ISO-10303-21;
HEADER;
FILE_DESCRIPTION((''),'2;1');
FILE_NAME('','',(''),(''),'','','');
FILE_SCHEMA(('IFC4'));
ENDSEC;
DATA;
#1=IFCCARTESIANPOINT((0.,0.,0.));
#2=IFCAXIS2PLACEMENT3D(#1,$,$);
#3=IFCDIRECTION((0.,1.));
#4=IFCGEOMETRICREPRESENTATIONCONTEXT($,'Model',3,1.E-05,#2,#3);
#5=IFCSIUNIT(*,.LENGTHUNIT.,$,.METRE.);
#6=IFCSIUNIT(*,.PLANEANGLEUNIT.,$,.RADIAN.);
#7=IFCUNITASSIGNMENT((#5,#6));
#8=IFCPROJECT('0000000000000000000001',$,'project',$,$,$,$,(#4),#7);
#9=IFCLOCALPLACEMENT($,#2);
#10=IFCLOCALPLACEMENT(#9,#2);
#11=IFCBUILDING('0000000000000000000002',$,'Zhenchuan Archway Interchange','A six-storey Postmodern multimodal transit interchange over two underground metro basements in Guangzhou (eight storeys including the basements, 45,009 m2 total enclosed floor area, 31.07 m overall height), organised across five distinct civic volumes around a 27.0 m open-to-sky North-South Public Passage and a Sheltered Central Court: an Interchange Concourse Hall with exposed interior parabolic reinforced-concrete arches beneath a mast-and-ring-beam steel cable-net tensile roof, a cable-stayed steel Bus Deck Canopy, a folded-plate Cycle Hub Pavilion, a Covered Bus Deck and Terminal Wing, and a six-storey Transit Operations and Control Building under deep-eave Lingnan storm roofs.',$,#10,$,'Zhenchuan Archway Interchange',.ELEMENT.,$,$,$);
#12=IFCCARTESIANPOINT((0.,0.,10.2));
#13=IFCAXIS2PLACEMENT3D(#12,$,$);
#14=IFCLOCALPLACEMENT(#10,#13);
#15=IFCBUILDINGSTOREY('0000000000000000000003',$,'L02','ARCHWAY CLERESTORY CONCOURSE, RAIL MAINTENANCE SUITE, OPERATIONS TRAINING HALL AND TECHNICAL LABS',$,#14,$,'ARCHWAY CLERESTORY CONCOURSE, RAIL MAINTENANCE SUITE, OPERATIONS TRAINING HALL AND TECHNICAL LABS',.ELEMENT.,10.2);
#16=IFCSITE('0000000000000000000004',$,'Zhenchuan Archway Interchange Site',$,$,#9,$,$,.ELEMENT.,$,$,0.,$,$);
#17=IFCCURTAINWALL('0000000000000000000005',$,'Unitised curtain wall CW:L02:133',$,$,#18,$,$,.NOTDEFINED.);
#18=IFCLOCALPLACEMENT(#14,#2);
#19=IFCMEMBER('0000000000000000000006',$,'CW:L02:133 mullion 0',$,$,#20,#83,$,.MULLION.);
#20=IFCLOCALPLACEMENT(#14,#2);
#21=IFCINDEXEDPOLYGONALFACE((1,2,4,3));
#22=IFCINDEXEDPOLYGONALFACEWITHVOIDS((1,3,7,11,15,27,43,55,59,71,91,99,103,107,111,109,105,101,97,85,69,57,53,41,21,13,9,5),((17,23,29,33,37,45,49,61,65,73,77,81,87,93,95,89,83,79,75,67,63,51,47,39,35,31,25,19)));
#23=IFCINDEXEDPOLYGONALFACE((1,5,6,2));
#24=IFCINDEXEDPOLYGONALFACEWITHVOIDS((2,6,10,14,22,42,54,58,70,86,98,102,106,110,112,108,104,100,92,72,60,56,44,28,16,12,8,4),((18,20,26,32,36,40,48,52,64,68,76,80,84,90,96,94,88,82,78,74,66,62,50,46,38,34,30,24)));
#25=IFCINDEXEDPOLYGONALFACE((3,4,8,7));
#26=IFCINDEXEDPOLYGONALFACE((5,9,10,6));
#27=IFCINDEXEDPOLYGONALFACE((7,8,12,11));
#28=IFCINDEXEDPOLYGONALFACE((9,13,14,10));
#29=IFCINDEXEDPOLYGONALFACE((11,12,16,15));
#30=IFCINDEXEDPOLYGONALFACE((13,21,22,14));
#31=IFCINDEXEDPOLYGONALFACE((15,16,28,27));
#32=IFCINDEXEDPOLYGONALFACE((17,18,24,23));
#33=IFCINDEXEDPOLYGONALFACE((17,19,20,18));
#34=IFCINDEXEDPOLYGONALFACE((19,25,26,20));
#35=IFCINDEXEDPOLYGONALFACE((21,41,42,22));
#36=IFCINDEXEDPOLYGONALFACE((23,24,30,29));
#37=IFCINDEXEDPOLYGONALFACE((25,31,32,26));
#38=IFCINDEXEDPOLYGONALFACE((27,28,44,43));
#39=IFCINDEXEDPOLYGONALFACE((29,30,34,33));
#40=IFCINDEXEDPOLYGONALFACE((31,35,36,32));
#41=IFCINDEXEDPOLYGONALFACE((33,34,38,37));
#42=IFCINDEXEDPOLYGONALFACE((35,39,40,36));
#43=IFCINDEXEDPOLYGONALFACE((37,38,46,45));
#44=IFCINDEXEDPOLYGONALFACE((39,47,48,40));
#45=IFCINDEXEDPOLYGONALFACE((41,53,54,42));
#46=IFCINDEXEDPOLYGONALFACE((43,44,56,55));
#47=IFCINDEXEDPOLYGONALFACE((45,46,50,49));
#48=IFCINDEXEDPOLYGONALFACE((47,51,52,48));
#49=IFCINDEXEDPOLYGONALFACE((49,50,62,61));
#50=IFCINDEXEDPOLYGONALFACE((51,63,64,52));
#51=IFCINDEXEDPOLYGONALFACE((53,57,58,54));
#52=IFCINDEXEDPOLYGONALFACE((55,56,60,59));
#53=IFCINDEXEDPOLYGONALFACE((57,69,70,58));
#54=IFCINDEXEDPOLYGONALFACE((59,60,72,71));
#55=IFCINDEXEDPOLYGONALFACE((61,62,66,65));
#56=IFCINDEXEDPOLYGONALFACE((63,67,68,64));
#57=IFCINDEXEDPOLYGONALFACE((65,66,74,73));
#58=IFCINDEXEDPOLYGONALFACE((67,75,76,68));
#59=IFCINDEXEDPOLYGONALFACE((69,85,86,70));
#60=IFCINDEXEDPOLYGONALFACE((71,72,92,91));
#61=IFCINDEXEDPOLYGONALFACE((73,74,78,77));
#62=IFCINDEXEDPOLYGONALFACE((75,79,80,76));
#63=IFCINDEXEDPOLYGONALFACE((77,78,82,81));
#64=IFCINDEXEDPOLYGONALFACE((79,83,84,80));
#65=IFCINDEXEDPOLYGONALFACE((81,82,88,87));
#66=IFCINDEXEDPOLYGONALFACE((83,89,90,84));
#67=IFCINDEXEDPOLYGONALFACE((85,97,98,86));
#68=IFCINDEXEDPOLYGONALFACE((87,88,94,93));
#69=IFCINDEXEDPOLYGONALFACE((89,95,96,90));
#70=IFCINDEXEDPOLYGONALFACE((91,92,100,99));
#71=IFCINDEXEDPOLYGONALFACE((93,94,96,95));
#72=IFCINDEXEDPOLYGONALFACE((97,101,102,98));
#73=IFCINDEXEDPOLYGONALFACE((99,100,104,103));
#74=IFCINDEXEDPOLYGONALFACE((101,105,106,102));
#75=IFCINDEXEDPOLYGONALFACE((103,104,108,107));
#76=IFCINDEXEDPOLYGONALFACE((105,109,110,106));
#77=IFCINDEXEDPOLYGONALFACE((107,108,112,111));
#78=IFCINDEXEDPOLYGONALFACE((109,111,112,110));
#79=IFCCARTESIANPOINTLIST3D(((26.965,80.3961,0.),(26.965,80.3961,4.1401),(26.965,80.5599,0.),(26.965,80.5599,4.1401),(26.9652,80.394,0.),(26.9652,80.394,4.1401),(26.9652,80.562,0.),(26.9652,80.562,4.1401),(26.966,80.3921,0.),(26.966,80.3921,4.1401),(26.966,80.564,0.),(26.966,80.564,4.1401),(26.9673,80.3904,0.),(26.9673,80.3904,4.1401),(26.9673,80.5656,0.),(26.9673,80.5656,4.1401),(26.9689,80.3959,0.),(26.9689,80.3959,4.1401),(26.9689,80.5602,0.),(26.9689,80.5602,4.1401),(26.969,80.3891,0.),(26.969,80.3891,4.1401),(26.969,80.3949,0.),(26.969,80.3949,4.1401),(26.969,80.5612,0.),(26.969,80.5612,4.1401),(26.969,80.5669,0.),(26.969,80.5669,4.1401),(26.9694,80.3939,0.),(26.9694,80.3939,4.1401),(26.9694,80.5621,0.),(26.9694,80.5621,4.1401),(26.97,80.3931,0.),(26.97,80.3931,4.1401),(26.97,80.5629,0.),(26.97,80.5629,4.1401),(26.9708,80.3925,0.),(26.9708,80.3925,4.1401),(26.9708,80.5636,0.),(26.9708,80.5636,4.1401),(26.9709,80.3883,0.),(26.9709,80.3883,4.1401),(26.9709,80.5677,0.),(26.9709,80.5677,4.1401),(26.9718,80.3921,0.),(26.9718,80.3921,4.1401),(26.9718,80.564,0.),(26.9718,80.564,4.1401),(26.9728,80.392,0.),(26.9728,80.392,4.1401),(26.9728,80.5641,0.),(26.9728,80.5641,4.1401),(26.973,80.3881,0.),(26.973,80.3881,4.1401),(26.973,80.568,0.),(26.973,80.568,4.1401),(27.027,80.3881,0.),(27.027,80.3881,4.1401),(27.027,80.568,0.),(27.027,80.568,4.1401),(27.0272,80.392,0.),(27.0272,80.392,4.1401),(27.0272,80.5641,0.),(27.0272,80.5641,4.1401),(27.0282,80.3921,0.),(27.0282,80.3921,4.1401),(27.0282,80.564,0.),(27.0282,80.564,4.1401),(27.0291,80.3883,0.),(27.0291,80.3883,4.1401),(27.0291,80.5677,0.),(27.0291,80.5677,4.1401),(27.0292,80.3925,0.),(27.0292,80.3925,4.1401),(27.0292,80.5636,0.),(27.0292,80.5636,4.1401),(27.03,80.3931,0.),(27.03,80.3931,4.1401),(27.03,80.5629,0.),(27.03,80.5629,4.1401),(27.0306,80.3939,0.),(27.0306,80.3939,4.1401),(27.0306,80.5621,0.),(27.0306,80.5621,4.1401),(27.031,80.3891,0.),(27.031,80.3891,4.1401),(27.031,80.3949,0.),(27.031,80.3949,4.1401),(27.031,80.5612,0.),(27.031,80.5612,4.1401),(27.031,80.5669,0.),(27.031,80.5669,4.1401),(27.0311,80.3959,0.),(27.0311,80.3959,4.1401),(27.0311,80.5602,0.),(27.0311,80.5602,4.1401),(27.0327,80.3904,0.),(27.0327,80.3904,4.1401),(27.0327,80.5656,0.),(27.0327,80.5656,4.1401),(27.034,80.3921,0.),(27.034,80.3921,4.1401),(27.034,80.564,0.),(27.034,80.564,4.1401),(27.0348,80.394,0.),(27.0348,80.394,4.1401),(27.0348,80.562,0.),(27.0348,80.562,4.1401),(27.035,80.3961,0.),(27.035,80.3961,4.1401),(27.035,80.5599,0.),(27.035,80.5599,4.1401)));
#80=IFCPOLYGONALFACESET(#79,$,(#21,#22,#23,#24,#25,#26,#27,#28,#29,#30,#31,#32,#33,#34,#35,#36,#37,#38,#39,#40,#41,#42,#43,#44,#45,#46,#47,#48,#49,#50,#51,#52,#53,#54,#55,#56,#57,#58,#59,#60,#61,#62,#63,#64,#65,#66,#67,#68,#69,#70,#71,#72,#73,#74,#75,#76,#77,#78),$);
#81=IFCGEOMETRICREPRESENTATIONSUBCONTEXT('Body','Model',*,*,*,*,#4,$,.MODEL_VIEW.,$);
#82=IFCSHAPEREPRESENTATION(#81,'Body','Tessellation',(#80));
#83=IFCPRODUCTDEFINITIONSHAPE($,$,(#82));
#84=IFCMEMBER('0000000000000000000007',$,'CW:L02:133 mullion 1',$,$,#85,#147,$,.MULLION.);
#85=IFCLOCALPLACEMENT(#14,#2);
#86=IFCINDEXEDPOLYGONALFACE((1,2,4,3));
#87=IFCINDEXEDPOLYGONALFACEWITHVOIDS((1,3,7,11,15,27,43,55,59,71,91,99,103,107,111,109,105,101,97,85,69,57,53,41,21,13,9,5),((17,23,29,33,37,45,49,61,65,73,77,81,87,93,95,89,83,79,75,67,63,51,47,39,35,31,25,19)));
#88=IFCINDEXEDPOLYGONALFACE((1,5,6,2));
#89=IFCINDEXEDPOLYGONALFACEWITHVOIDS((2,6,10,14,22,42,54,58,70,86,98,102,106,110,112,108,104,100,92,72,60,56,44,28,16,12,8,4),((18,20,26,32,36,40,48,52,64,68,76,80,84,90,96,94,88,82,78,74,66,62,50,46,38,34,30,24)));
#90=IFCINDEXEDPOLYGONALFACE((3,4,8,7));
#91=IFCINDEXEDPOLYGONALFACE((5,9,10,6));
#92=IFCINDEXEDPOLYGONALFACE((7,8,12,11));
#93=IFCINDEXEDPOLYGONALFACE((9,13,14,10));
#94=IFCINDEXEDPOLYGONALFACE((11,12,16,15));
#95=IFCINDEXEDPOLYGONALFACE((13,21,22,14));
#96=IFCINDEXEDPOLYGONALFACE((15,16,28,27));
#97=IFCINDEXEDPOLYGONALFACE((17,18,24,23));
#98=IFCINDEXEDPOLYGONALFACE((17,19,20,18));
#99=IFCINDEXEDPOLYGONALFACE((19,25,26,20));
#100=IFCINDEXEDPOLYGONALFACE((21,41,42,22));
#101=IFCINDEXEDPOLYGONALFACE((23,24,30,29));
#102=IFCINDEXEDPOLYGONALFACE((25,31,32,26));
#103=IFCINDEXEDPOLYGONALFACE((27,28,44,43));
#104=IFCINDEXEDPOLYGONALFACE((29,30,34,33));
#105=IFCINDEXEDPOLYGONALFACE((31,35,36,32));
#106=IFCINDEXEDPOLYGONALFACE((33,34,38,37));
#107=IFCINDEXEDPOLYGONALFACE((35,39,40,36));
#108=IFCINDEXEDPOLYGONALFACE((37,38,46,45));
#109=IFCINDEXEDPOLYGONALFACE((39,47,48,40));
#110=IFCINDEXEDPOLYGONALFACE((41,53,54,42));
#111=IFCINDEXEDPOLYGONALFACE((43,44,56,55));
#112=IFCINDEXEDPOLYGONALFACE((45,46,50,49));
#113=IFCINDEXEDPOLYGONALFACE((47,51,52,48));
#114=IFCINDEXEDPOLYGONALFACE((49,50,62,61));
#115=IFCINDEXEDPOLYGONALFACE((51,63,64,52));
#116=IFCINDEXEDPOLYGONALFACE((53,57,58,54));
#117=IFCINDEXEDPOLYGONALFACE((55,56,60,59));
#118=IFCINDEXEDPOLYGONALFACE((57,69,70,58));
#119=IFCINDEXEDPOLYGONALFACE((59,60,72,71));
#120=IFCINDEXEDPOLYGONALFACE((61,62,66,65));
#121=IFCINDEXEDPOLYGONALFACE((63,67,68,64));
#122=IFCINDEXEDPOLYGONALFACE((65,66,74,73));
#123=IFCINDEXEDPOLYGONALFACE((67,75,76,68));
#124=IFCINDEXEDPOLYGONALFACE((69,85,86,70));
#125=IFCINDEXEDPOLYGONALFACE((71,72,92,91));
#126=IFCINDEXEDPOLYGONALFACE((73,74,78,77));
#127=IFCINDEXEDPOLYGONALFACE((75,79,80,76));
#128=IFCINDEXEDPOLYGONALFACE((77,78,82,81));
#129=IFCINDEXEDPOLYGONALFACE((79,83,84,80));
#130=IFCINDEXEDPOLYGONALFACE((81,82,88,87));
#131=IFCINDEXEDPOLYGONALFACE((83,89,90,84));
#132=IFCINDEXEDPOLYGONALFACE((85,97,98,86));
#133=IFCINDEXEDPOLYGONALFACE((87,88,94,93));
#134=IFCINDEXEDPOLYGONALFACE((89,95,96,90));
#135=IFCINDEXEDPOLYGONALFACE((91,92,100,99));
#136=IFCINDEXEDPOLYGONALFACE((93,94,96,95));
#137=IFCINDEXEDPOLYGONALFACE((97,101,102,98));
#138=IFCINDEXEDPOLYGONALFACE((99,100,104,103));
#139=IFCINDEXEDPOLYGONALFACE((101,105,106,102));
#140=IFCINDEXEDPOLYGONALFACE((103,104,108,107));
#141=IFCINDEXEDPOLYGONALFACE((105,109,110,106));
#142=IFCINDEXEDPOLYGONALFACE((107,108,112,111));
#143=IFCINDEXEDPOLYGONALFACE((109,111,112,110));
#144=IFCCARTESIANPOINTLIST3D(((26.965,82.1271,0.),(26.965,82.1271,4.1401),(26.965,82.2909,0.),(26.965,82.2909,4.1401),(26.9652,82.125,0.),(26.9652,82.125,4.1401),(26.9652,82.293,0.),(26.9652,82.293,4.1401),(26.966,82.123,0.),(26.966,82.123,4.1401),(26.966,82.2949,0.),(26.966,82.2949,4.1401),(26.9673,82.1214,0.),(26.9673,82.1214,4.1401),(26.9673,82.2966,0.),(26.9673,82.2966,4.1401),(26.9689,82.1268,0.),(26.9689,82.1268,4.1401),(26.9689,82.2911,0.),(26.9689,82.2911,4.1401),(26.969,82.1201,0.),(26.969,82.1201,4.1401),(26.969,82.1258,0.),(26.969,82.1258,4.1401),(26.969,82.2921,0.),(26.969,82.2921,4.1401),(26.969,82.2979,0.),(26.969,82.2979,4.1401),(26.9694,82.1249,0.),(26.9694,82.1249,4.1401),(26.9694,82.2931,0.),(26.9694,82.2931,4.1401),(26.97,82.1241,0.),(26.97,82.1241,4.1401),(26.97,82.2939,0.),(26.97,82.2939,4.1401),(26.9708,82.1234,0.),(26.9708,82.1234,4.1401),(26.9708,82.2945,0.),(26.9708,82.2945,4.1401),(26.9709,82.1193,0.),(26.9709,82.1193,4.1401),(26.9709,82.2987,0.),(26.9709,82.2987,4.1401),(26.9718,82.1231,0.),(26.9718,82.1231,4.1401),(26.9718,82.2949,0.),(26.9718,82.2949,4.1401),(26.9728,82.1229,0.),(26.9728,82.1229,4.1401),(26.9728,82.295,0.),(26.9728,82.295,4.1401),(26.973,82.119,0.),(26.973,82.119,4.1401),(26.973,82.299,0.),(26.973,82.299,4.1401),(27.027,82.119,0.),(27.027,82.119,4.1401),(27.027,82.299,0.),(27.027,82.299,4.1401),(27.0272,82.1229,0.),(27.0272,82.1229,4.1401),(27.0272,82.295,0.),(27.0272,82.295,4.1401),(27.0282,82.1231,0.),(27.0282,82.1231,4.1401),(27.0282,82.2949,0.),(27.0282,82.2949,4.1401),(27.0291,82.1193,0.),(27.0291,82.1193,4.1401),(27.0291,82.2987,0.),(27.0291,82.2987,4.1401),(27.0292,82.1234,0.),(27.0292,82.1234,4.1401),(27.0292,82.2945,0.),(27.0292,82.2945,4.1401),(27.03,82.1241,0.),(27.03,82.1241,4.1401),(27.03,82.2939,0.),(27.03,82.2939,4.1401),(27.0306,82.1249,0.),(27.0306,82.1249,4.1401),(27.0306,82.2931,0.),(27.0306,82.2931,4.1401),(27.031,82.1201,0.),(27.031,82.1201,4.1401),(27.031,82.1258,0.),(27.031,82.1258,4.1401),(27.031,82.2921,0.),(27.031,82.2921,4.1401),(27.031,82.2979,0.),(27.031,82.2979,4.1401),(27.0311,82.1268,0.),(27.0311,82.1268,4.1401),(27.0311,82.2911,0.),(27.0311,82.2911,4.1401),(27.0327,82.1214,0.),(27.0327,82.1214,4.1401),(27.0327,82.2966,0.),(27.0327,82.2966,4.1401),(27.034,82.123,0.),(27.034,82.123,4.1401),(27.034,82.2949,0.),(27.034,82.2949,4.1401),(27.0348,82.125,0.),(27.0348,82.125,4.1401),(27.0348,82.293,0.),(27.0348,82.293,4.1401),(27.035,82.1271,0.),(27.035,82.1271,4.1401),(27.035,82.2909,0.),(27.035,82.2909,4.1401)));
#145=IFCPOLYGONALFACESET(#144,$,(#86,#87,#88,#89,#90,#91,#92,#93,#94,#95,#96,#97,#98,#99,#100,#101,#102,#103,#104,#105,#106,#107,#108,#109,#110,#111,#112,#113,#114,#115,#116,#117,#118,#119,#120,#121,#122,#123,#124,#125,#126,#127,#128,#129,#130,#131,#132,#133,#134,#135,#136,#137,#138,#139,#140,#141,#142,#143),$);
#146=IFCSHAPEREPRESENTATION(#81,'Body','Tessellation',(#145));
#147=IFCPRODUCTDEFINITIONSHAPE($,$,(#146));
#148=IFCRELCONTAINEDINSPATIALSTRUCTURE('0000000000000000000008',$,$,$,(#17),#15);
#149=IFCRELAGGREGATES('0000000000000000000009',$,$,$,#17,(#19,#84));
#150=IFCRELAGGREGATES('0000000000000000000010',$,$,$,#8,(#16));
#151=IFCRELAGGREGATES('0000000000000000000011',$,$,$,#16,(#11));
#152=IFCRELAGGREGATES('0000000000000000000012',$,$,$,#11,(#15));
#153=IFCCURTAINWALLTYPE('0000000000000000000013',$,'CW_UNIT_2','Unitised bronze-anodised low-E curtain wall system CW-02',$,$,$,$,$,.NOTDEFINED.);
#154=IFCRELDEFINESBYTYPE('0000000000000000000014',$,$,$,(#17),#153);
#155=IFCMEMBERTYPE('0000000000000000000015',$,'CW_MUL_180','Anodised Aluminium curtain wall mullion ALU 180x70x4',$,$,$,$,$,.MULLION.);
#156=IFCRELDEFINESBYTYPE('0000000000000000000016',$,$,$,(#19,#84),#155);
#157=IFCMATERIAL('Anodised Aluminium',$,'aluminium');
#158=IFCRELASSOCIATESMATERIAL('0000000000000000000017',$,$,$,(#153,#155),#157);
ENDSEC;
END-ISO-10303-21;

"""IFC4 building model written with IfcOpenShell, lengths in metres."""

from ifc_helpers import new_model, si_unit, direction, frame, origin, origin_2d, place, context, subcontext, project, spatial, hollow_rectangle, extrude, material, material_profile, profile_set, type_object, element, aggregate, save


model = new_model("IFC4")

# Units and contexts
model_context = context("Model", 3, precision=1e-05, world=origin(), true_north=direction((0.0, 1.0)))
body_context = subcontext(model_context, "Body", "Model", "MODEL_VIEW")
ifc_project = project(units=[si_unit("LENGTHUNIT", "METRE"), si_unit("PLANEANGLEUNIT", "RADIAN")], contexts=[model_context])

# Site, building, storey
site_placement = place(None, origin())
site = spatial("IfcSite", under=ifc_project, at=site_placement, Name="Zhenchuan Archway Interchange Site", CompositionType="ELEMENT", RefElevation=0.0)
building_placement = place(site_placement, origin())
building = spatial("IfcBuilding", under=site, at=building_placement, Name="Zhenchuan Archway Interchange", Description="A six-storey Postmodern multimodal transit interchange over two underground metro basements in Guangzhou (eight storeys including the basements, 45,009 m2 total enclosed floor area, 31.07 m overall height), organised across five distinct civic volumes around a 27.0 m open-to-sky North-South Public Passage and a Sheltered Central Court: an Interchange Concourse Hall with exposed interior parabolic reinforced-concrete arches beneath a mast-and-ring-beam steel cable-net tensile roof, a cable-stayed steel Bus Deck Canopy, a folded-plate Cycle Hub Pavilion, a Covered Bus Deck and Terminal Wing, and a six-storey Transit Operations and Control Building under deep-eave Lingnan storm roofs.", LongName="Zhenchuan Archway Interchange", CompositionType="ELEMENT")
storey_placement = place(building_placement, frame((0.0, 0.0, 10.2)))
storey = spatial("IfcBuildingStorey", under=building, at=storey_placement, Name="L02", Description="ARCHWAY CLERESTORY CONCOURSE, RAIL MAINTENANCE SUITE, OPERATIONS TRAINING HALL AND TECHNICAL LABS", LongName="ARCHWAY CLERESTORY CONCOURSE, RAIL MAINTENANCE SUITE, OPERATIONS TRAINING HALL AND TECHNICAL LABS", CompositionType="ELEMENT", Elevation=10.2)

# Curtain wall, members
ifc_material_1 = material(Name="Anodised Aluminium", Category="aluminium")
curtain_wall_type = type_object("IfcCurtainWallType", Name="CW_UNIT_2", Description="Unitised bronze-anodised low-E curtain wall system CW-02", PredefinedType="NOTDEFINED", material=ifc_material_1)
curtain_wall_placement = place(storey_placement, origin())
curtain_wall = element("IfcCurtainWall", 1, at=curtain_wall_placement, inside=storey, type_object=curtain_wall_type, Name="Unitised curtain wall CW:L02:133", PredefinedType="NOTDEFINED")
ifc_material_profile_1 = material_profile(ifc_material_1, hollow_rectangle(XDim=0.0701, YDim=0.1799, WallThickness=0.0039, InnerFilletRadius=0.0039, OuterFilletRadius=0.0081, at=origin_2d()), Name="ALU 180x70x4")
ifc_profile_set_1 = profile_set([ifc_material_profile_1], Name="Anodised Aluminium")
member_type_1 = type_object("IfcMemberType", Name="CW_MUL_180", Description="Anodised Aluminium curtain wall mullion ALU 180x70x4", PredefinedType="MULLION", material=ifc_profile_set_1)
member_1_placement = place(storey_placement, frame((27.0, 80.478, 0.0), z_axis=(0.0, 0.0, 1.0), x_axis=(1.0, 0.0, 0.0)))
member_1 = element("IfcMember", 2, at=member_1_placement, type_object=member_type_1, Name="CW:L02:133 mullion 0", PredefinedType="MULLION", context=body_context, shape_type="SweptSolid", body=[
    extrude(hollow_rectangle(XDim=0.0701, YDim=0.1799, WallThickness=0.0039, InnerFilletRadius=0.0039, OuterFilletRadius=0.0081, at=origin_2d()), origin(), (0.0, 0.0, 1.0), 4.1401),
])
member_2_placement = place(storey_placement, frame((27.0, 82.209, 0.0), z_axis=(0.0, 0.0, 1.0), x_axis=(1.0, 0.0, 0.0)))
member_2 = element("IfcMember", 3, at=member_2_placement, type_object=member_type_1, Name="CW:L02:133 mullion 1", PredefinedType="MULLION", context=body_context, shape_type="SweptSolid", body=[
    extrude(hollow_rectangle(XDim=0.0701, YDim=0.1799, WallThickness=0.0039, InnerFilletRadius=0.0039, OuterFilletRadius=0.0081, at=origin_2d()), origin(), (0.0, 0.0, 1.0), 4.1401),
])

aggregate(curtain_wall, [member_1, member_2])

save(model, "model.ifc")
